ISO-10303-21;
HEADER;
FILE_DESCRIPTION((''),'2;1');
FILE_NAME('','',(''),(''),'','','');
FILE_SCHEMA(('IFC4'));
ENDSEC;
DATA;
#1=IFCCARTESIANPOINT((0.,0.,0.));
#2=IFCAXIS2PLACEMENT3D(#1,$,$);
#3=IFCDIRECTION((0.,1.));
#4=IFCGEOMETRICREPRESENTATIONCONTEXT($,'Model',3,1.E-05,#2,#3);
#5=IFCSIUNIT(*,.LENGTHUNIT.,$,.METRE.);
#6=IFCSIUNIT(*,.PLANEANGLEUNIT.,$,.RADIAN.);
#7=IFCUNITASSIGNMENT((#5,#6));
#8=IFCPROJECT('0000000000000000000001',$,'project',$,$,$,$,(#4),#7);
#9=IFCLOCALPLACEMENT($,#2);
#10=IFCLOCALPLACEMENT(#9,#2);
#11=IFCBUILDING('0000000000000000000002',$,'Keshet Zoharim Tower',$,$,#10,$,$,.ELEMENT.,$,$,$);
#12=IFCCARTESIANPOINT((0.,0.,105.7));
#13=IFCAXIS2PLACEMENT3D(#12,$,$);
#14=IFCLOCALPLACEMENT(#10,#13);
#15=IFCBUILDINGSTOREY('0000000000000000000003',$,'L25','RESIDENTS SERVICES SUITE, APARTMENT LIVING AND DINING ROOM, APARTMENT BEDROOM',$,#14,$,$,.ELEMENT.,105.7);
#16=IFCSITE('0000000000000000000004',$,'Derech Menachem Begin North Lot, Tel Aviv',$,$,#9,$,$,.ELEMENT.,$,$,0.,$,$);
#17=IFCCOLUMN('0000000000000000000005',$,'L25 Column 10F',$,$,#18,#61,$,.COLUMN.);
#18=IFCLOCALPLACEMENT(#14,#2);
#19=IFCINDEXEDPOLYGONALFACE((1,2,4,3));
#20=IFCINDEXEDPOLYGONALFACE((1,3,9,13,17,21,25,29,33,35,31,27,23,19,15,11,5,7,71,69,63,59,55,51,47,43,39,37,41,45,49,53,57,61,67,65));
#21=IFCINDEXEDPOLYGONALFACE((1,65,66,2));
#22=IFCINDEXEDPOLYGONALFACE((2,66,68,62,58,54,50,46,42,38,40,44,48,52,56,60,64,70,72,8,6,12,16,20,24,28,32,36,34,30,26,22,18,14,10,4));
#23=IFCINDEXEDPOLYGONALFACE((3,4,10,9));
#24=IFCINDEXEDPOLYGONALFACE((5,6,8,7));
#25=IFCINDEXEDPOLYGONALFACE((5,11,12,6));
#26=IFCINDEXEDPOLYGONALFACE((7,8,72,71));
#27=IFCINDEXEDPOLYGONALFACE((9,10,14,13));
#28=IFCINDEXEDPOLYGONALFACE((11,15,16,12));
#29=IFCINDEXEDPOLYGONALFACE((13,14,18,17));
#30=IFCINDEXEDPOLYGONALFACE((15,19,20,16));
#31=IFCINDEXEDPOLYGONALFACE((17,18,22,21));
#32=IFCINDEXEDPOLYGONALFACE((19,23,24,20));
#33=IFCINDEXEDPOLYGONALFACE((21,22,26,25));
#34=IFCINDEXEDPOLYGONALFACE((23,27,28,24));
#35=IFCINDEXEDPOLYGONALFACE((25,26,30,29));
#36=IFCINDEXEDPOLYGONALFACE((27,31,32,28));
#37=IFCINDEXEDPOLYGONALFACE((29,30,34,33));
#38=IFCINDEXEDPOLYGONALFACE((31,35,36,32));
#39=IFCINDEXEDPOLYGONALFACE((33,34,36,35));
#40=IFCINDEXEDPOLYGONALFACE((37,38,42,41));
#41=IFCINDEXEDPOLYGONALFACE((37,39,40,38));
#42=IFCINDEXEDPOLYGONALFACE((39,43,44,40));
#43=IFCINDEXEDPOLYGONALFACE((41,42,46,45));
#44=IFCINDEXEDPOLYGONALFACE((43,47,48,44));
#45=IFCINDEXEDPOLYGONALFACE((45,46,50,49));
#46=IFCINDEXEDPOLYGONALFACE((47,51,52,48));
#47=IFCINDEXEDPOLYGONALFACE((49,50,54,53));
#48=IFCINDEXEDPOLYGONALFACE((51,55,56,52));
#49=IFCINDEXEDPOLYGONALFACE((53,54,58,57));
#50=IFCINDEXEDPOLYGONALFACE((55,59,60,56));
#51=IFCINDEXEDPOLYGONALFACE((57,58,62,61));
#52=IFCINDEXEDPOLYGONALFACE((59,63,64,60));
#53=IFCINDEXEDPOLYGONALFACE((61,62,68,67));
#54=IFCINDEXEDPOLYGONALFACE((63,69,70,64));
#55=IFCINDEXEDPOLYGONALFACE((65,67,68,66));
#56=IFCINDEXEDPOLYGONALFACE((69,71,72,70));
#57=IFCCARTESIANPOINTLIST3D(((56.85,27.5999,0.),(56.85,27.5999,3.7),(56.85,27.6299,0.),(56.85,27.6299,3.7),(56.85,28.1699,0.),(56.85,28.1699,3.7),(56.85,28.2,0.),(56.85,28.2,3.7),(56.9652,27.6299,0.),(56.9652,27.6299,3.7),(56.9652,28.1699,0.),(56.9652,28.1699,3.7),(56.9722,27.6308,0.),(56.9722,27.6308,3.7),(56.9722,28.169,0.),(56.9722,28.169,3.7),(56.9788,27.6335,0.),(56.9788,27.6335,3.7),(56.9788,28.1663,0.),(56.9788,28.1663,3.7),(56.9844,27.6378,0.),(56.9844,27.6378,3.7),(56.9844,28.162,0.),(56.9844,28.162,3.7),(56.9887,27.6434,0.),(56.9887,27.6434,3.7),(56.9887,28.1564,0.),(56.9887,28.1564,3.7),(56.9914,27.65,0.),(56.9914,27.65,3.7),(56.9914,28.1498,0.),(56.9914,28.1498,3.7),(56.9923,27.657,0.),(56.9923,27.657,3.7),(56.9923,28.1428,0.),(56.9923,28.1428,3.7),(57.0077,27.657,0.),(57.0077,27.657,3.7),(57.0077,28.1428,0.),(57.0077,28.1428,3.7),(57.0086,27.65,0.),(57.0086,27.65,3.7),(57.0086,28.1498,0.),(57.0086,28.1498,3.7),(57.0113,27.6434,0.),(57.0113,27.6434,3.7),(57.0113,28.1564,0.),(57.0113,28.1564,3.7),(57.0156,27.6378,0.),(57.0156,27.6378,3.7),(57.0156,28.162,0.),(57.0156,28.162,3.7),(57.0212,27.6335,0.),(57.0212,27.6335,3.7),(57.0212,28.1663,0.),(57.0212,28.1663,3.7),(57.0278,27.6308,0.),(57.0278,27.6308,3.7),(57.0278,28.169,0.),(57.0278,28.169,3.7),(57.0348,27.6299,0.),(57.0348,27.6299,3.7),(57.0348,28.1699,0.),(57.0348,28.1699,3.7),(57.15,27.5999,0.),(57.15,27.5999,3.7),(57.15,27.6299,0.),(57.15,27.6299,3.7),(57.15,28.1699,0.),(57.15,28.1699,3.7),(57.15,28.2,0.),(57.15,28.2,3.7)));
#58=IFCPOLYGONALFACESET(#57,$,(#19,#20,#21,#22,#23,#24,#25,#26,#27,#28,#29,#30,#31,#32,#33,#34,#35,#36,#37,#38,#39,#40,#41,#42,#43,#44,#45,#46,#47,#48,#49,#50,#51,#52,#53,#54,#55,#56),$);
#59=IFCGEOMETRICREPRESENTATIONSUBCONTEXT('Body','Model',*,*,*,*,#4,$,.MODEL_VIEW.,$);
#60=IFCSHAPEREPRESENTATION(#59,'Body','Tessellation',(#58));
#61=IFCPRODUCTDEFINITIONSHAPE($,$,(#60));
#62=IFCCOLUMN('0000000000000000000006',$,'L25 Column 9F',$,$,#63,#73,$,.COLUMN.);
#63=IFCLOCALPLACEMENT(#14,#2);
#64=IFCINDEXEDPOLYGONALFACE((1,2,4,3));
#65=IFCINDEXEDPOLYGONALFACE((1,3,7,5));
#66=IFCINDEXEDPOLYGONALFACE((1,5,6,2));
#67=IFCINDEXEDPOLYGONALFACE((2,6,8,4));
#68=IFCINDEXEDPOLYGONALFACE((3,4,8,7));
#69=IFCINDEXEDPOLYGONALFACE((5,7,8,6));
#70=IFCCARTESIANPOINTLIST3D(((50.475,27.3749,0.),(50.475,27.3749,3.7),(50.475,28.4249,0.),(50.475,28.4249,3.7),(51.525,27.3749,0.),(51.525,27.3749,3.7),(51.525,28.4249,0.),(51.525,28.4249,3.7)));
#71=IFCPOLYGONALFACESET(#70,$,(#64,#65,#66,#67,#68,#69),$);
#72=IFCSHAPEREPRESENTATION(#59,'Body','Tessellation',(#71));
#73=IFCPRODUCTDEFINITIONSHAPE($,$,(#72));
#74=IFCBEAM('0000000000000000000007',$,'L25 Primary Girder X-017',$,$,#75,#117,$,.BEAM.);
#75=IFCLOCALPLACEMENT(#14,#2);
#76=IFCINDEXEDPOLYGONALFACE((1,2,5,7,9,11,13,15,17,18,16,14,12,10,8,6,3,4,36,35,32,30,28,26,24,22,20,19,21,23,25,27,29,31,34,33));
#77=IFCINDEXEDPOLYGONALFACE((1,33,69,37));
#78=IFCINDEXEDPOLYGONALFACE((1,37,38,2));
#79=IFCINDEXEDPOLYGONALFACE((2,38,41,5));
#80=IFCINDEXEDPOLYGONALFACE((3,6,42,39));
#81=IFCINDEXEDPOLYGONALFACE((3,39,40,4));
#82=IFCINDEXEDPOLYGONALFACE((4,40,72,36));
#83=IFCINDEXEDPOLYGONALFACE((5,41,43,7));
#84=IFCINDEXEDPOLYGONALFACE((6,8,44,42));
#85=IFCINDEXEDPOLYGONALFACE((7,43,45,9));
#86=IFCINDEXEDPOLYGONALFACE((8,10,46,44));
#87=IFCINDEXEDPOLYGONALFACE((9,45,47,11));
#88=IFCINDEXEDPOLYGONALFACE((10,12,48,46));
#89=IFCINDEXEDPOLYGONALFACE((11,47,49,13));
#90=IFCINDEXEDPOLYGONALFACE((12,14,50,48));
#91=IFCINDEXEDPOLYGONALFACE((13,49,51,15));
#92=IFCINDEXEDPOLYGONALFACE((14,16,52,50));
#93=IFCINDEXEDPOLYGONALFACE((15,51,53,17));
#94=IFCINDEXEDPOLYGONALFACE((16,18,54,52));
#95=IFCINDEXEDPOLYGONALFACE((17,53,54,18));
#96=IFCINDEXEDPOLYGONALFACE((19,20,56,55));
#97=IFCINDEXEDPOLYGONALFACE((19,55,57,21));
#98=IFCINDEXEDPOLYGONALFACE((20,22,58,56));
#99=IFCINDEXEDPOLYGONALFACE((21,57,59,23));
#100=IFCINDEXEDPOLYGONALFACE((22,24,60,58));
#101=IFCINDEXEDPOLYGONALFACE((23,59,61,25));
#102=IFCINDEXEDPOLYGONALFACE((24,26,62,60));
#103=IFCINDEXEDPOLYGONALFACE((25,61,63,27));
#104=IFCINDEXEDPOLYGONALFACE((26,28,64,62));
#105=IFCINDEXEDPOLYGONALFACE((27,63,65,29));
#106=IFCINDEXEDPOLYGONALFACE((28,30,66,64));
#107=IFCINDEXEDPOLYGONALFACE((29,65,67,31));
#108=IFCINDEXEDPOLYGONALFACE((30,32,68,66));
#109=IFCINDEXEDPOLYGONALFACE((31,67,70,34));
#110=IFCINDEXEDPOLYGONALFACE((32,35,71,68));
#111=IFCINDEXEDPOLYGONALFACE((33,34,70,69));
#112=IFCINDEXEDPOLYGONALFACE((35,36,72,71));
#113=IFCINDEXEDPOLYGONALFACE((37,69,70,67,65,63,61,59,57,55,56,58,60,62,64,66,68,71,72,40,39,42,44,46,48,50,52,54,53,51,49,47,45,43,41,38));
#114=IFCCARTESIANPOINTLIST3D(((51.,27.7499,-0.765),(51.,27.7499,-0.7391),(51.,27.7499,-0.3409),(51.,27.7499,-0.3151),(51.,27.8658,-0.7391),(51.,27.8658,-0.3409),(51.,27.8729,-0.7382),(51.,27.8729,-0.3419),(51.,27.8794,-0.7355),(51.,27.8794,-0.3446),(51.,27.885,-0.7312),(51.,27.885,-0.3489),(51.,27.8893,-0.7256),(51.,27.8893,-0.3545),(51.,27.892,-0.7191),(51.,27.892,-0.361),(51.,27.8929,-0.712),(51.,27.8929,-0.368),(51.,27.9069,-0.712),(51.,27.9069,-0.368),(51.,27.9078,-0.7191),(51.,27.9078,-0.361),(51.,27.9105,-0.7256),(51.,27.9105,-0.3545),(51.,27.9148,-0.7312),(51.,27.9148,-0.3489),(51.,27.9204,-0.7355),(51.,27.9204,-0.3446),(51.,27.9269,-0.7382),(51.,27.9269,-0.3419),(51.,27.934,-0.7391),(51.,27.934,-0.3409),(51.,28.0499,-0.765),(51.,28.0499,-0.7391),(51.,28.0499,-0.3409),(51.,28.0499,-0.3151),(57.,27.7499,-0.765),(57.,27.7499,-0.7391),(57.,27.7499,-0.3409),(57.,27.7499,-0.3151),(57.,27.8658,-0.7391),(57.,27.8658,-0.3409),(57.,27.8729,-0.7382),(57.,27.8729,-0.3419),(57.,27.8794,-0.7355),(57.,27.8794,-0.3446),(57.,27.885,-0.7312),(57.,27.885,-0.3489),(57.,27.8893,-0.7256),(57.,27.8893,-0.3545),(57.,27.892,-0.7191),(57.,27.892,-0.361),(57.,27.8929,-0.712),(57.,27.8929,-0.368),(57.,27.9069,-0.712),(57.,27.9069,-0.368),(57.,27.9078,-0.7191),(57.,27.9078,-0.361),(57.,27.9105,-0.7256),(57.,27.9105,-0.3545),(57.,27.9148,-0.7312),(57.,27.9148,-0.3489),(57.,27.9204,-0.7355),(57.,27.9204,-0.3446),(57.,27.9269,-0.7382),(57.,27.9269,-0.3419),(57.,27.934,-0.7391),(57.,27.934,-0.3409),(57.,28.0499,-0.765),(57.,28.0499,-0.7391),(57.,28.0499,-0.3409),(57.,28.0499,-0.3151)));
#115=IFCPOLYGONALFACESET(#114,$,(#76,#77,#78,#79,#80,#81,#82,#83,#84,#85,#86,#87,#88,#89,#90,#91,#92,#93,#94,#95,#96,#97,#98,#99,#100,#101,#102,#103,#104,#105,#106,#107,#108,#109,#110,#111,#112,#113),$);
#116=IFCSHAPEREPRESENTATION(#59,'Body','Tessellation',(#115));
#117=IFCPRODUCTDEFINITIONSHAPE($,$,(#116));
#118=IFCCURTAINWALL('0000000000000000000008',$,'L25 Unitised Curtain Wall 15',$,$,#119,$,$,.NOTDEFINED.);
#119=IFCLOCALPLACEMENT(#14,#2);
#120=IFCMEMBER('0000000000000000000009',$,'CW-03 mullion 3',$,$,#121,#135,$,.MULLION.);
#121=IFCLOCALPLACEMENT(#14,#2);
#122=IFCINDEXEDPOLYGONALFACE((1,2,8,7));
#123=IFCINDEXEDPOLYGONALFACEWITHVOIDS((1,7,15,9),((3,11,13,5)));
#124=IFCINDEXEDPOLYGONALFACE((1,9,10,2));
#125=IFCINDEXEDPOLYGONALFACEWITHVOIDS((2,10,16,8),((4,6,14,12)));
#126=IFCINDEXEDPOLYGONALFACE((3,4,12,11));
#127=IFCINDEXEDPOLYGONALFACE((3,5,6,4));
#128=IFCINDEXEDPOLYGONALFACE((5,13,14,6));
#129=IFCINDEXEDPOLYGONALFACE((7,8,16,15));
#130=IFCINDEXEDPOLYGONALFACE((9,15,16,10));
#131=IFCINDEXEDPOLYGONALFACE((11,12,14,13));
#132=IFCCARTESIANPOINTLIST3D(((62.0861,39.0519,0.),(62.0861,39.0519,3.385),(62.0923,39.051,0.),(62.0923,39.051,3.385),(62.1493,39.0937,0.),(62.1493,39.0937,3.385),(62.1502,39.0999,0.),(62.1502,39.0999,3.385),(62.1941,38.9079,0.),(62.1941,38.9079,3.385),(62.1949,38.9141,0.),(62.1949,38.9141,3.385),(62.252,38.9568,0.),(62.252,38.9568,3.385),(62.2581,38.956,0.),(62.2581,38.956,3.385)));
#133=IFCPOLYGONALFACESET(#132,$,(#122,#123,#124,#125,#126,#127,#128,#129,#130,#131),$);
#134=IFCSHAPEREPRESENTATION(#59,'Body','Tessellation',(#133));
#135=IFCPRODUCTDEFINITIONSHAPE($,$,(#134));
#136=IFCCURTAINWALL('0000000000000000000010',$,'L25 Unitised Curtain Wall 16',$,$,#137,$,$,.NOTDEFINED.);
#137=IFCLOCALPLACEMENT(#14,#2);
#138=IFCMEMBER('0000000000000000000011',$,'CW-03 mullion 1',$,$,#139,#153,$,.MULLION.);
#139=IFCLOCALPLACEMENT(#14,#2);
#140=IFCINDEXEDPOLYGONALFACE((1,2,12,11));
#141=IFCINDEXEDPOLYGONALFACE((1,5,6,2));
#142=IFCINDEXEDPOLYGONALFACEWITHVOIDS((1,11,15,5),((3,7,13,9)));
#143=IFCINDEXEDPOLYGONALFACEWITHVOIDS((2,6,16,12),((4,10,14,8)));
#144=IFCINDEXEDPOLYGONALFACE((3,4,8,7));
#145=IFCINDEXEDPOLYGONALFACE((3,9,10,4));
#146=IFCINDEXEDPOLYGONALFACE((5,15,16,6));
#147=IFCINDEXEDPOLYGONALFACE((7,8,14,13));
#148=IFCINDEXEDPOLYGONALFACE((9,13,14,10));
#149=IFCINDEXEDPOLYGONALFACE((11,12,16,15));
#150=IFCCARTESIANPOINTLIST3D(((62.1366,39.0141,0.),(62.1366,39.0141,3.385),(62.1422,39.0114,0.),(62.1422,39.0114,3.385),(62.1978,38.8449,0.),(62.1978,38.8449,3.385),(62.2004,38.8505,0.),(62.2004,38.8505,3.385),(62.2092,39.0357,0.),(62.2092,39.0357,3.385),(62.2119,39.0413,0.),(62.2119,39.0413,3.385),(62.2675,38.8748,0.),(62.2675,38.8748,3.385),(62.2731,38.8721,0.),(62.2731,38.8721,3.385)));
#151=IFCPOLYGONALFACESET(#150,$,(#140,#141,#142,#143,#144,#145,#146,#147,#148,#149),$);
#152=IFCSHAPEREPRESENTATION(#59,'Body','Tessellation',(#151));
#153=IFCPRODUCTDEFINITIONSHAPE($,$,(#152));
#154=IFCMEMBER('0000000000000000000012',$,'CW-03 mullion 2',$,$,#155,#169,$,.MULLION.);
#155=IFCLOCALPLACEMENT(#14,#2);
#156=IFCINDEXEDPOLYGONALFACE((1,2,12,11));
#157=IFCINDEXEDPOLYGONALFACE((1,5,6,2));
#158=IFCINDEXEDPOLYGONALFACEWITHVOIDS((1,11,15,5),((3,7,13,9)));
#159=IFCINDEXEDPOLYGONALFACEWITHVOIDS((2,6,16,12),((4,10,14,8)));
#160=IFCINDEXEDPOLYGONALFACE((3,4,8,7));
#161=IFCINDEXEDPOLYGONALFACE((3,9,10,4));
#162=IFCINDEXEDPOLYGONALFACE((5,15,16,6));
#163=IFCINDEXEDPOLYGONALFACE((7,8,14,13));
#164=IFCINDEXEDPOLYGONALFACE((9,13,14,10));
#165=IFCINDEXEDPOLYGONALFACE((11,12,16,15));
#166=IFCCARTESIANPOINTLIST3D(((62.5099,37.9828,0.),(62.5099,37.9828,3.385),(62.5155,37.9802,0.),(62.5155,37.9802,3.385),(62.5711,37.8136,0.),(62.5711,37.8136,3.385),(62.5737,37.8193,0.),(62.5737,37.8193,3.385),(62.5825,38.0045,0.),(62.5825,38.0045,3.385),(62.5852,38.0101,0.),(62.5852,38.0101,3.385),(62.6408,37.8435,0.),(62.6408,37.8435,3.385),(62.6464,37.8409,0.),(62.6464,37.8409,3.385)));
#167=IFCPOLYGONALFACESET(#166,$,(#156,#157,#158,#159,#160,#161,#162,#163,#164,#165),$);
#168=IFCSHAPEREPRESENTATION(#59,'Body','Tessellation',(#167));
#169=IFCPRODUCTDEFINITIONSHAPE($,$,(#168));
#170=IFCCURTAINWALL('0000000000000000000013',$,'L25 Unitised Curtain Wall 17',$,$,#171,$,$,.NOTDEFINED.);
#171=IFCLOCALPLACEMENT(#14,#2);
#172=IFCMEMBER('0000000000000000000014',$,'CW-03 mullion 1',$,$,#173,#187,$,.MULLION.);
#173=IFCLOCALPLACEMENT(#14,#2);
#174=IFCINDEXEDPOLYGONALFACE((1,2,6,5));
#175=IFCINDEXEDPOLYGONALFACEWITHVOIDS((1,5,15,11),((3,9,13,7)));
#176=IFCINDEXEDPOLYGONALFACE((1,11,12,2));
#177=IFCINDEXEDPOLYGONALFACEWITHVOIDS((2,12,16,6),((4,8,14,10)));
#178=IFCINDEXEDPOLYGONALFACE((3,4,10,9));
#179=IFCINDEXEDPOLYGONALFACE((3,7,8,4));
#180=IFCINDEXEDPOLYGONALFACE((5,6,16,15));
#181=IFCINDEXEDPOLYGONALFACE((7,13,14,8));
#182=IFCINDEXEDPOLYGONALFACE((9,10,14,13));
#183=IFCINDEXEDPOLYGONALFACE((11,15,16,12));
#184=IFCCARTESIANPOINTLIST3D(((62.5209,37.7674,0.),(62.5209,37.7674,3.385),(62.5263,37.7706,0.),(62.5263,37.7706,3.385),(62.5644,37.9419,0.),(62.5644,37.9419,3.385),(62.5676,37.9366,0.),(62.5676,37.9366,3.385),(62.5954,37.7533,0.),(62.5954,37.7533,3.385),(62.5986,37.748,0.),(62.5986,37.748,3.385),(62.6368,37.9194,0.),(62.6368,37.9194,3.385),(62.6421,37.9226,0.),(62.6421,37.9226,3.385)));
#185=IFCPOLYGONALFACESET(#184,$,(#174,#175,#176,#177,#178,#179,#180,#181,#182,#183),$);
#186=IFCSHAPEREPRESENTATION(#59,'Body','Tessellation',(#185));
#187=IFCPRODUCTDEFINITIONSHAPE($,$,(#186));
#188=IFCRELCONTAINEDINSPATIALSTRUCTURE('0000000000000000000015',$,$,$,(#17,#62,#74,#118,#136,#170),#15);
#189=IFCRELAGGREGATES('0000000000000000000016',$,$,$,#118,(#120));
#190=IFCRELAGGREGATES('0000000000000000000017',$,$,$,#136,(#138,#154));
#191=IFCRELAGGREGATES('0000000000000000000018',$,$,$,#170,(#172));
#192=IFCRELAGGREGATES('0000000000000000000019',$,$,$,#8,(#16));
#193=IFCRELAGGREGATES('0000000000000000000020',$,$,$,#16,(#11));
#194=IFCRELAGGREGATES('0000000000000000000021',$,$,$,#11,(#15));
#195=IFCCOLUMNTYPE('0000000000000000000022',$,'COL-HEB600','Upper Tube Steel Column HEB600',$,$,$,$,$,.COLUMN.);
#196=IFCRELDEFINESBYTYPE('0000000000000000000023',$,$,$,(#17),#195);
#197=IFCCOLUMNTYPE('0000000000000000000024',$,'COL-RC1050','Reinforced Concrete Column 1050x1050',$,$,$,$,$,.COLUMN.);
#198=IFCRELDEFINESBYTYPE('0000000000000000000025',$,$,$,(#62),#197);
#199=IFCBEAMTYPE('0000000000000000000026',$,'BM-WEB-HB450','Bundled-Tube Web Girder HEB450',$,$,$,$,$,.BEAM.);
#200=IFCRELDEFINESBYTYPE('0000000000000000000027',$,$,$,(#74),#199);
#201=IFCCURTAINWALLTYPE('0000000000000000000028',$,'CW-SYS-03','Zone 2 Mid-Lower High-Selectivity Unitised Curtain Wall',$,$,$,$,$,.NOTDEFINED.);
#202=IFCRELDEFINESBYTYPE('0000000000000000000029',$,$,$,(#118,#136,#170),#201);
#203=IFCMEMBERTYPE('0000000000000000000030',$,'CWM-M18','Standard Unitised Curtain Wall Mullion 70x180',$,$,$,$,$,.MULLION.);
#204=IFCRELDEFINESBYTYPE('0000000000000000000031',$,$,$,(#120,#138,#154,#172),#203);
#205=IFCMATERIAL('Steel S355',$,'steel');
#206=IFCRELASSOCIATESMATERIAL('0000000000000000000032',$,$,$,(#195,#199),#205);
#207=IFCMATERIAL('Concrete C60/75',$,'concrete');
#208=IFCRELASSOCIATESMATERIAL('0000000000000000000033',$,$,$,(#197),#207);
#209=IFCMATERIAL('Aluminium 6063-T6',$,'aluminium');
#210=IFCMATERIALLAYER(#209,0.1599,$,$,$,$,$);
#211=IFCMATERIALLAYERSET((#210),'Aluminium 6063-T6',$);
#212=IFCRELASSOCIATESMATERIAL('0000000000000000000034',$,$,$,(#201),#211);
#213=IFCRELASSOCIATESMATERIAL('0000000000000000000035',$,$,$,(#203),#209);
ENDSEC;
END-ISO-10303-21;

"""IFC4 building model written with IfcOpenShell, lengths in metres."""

from ifc_helpers import new_model, si_unit, direction, frame, origin, origin_2d, place, context, subcontext, project, spatial, rectangle, hollow_rectangle, i_section, extrude, material, layer, layer_set, material_profile, profile_set, type_object, element, aggregate, save


model = new_model("IFC4")

# Units and contexts
model_context = context("Model", 3, precision=1e-05, world=origin(), true_north=direction((0.0, 1.0)))
body_context = subcontext(model_context, "Body", "Model", "MODEL_VIEW")
ifc_project = project(units=[si_unit("LENGTHUNIT", "METRE"), si_unit("PLANEANGLEUNIT", "RADIAN")], contexts=[model_context])

# Site, building, storey
site_placement = place(None, origin())
site = spatial("IfcSite", under=ifc_project, at=site_placement, Name="Derech Menachem Begin North Lot, Tel Aviv", CompositionType="ELEMENT", RefElevation=0.0)
building_placement = place(site_placement, origin())
building = spatial("IfcBuilding", under=site, at=building_placement, Name="Keshet Zoharim Tower", CompositionType="ELEMENT")
storey_placement = place(building_placement, frame((0.0, 0.0, 105.7)))
storey = spatial("IfcBuildingStorey", under=building, at=storey_placement, Name="L25", Description="RESIDENTS SERVICES SUITE, APARTMENT LIVING AND DINING ROOM, APARTMENT BEDROOM", CompositionType="ELEMENT", Elevation=105.7)

# Columns
ifc_material_1 = material(Name="Steel S355", Category="steel")
ifc_material_profile_1 = material_profile(ifc_material_1, i_section(OverallWidth=0.3, OverallDepth=0.6001, WebThickness=0.0154, FlangeThickness=0.03, FilletRadius=0.0271, at=origin_2d()), Name="HEB600")
ifc_profile_set_1 = profile_set([ifc_material_profile_1], Name="Steel S355")
column_type_1 = type_object("IfcColumnType", Name="COL-HEB600", Description="Upper Tube Steel Column HEB600", PredefinedType="COLUMN", material=ifc_profile_set_1)
column_1_placement = place(storey_placement, frame((57.0, 27.8999, 0.0), z_axis=(0.0, 0.0, 1.0), x_axis=(1.0, 0.0, 0.0)))
element("IfcColumn", 1, at=column_1_placement, inside=storey, type_object=column_type_1, Name="L25 Column 10F", PredefinedType="COLUMN", context=body_context, shape_type="SweptSolid", body=[
    extrude(i_section(OverallWidth=0.3, OverallDepth=0.6001, WebThickness=0.0154, FlangeThickness=0.03, FilletRadius=0.0271, at=origin_2d()), origin(), (0.0, 0.0, 1.0), 3.7),
])
ifc_material_2 = material(Name="Concrete C60/75", Category="concrete")
ifc_material_profile_2 = material_profile(ifc_material_2, rectangle(XDim=1.05, YDim=1.05, at=origin_2d()), Name="RC1050x1050")
ifc_profile_set_2 = profile_set([ifc_material_profile_2], Name="Concrete C60/75")
column_type_2 = type_object("IfcColumnType", Name="COL-RC1050", Description="Reinforced Concrete Column 1050x1050", PredefinedType="COLUMN", material=ifc_profile_set_2)
column_2_placement = place(storey_placement, frame((51.0, 27.8999, 0.0), z_axis=(0.0, 0.0, 1.0), x_axis=(1.0, 0.0, 0.0)))
element("IfcColumn", 2, at=column_2_placement, inside=storey, type_object=column_type_2, Name="L25 Column 9F", PredefinedType="COLUMN", context=body_context, shape_type="SweptSolid", body=[
    extrude(rectangle(XDim=1.05, YDim=1.05, at=origin_2d()), origin(), (0.0, 0.0, 1.0), 3.7),
])

# Beam
ifc_material_profile_3 = material_profile(ifc_material_1, i_section(OverallWidth=0.3, OverallDepth=0.45, WebThickness=0.0139, FlangeThickness=0.0259, FilletRadius=0.0271, at=origin_2d()), Name="HEB450")
ifc_profile_set_3 = profile_set([ifc_material_profile_3], Name="Steel S355")
beam_type = type_object("IfcBeamType", Name="BM-WEB-HB450", Description="Bundled-Tube Web Girder HEB450", PredefinedType="BEAM", material=ifc_profile_set_3)
beam_placement = place(storey_placement, frame((51.0, 27.8999, -0.54), z_axis=(1.0, 0.0, 0.0), x_axis=(0.0, 1.0, 0.0)))
element("IfcBeam", 3, at=beam_placement, inside=storey, type_object=beam_type, Name="L25 Primary Girder X-017", PredefinedType="BEAM", context=body_context, shape_type="SweptSolid", body=[
    extrude(i_section(OverallWidth=0.3, OverallDepth=0.45, WebThickness=0.0139, FlangeThickness=0.0259, FilletRadius=0.0271, at=origin_2d()), origin(), (0.0, 0.0, 1.0), 6.0),
])

# Curtain wall, member
ifc_material_3 = material(Name="Aluminium 6063-T6", Category="aluminium")
ifc_layer_1 = layer(ifc_material_3, 0.1599)
ifc_layer_set_1 = layer_set([ifc_layer_1], Name="Aluminium 6063-T6")
curtain_wall_type = type_object("IfcCurtainWallType", Name="CW-SYS-03", Description="Zone 2 Mid-Lower High-Selectivity Unitised Curtain Wall", PredefinedType="NOTDEFINED", material=ifc_layer_set_1)
curtain_wall_1_placement = place(storey_placement, origin())
curtain_wall_1 = element("IfcCurtainWall", 4, at=curtain_wall_1_placement, inside=storey, type_object=curtain_wall_type, Name="L25 Unitised Curtain Wall 15", PredefinedType="NOTDEFINED")
ifc_material_profile_4 = material_profile(ifc_material_3, hollow_rectangle(XDim=0.0801, YDim=0.1799, WallThickness=0.0044, at=origin_2d()), Name="MUL-80x180")
ifc_profile_set_4 = profile_set([ifc_material_profile_4], Name="Aluminium 6063-T6")
member_type_1 = type_object("IfcMemberType", Name="CWM-M18", Description="Standard Unitised Curtain Wall Mullion 70x180", PredefinedType="MULLION", material=ifc_profile_set_4)
member_1_placement = place(storey_placement, frame((62.1721, 39.0039, 0.0), z_axis=(0.0, 0.0, 1.0), x_axis=(0.8, 0.6, 0.0)))
member_1 = element("IfcMember", 5, at=member_1_placement, type_object=member_type_1, Name="CW-03 mullion 3", PredefinedType="MULLION", context=body_context, shape_type="SweptSolid", body=[
    extrude(hollow_rectangle(XDim=0.0801, YDim=0.1799, WallThickness=0.0044, at=origin_2d()), origin(), (0.0, 0.0, 1.0), 3.385),
])
aggregate(curtain_wall_1, [member_1])

# Curtain walls, members
curtain_wall_2_placement = place(storey_placement, origin())
curtain_wall_2 = element("IfcCurtainWall", 6, at=curtain_wall_2_placement, inside=storey, type_object=curtain_wall_type, Name="L25 Unitised Curtain Wall 16", PredefinedType="NOTDEFINED")
member_2_placement = place(storey_placement, frame((62.2048, 38.9431, 0.0), z_axis=(0.0, 0.0, 1.0), x_axis=(0.940318, 0.340297, 0.0)))
member_2 = element("IfcMember", 7, at=member_2_placement, type_object=member_type_1, Name="CW-03 mullion 1", PredefinedType="MULLION", context=body_context, shape_type="SweptSolid", body=[
    extrude(hollow_rectangle(XDim=0.0801, YDim=0.1799, WallThickness=0.0044, at=origin_2d()), origin(), (0.0, 0.0, 1.0), 3.385),
])
member_3_placement = place(storey_placement, frame((62.5781, 37.9119, 0.0), z_axis=(0.0, 0.0, 1.0), x_axis=(0.940318, 0.340297, 0.0)))
member_3 = element("IfcMember", 8, at=member_3_placement, type_object=member_type_1, Name="CW-03 mullion 2", PredefinedType="MULLION", context=body_context, shape_type="SweptSolid", body=[
    extrude(hollow_rectangle(XDim=0.0801, YDim=0.1799, WallThickness=0.0044, at=origin_2d()), origin(), (0.0, 0.0, 1.0), 3.385),
])
curtain_wall_3_placement = place(storey_placement, origin())
curtain_wall_3 = element("IfcCurtainWall", 9, at=curtain_wall_3_placement, inside=storey, type_object=curtain_wall_type, Name="L25 Unitised Curtain Wall 17", PredefinedType="NOTDEFINED")
member_4_placement = place(storey_placement, frame((62.5815, 37.845, 0.0), z_axis=(0.0, 0.0, 1.0), x_axis=(0.970344, -0.241729, 0.0)))
member_4 = element("IfcMember", 10, at=member_4_placement, type_object=member_type_1, Name="CW-03 mullion 1", PredefinedType="MULLION", context=body_context, shape_type="SweptSolid", body=[
    extrude(hollow_rectangle(XDim=0.0801, YDim=0.1799, WallThickness=0.0044, at=origin_2d()), origin(), (0.0, 0.0, 1.0), 3.385),
])

aggregate(curtain_wall_2, [member_2, member_3])
aggregate(curtain_wall_3, [member_4])

save(model, "model.ifc")
